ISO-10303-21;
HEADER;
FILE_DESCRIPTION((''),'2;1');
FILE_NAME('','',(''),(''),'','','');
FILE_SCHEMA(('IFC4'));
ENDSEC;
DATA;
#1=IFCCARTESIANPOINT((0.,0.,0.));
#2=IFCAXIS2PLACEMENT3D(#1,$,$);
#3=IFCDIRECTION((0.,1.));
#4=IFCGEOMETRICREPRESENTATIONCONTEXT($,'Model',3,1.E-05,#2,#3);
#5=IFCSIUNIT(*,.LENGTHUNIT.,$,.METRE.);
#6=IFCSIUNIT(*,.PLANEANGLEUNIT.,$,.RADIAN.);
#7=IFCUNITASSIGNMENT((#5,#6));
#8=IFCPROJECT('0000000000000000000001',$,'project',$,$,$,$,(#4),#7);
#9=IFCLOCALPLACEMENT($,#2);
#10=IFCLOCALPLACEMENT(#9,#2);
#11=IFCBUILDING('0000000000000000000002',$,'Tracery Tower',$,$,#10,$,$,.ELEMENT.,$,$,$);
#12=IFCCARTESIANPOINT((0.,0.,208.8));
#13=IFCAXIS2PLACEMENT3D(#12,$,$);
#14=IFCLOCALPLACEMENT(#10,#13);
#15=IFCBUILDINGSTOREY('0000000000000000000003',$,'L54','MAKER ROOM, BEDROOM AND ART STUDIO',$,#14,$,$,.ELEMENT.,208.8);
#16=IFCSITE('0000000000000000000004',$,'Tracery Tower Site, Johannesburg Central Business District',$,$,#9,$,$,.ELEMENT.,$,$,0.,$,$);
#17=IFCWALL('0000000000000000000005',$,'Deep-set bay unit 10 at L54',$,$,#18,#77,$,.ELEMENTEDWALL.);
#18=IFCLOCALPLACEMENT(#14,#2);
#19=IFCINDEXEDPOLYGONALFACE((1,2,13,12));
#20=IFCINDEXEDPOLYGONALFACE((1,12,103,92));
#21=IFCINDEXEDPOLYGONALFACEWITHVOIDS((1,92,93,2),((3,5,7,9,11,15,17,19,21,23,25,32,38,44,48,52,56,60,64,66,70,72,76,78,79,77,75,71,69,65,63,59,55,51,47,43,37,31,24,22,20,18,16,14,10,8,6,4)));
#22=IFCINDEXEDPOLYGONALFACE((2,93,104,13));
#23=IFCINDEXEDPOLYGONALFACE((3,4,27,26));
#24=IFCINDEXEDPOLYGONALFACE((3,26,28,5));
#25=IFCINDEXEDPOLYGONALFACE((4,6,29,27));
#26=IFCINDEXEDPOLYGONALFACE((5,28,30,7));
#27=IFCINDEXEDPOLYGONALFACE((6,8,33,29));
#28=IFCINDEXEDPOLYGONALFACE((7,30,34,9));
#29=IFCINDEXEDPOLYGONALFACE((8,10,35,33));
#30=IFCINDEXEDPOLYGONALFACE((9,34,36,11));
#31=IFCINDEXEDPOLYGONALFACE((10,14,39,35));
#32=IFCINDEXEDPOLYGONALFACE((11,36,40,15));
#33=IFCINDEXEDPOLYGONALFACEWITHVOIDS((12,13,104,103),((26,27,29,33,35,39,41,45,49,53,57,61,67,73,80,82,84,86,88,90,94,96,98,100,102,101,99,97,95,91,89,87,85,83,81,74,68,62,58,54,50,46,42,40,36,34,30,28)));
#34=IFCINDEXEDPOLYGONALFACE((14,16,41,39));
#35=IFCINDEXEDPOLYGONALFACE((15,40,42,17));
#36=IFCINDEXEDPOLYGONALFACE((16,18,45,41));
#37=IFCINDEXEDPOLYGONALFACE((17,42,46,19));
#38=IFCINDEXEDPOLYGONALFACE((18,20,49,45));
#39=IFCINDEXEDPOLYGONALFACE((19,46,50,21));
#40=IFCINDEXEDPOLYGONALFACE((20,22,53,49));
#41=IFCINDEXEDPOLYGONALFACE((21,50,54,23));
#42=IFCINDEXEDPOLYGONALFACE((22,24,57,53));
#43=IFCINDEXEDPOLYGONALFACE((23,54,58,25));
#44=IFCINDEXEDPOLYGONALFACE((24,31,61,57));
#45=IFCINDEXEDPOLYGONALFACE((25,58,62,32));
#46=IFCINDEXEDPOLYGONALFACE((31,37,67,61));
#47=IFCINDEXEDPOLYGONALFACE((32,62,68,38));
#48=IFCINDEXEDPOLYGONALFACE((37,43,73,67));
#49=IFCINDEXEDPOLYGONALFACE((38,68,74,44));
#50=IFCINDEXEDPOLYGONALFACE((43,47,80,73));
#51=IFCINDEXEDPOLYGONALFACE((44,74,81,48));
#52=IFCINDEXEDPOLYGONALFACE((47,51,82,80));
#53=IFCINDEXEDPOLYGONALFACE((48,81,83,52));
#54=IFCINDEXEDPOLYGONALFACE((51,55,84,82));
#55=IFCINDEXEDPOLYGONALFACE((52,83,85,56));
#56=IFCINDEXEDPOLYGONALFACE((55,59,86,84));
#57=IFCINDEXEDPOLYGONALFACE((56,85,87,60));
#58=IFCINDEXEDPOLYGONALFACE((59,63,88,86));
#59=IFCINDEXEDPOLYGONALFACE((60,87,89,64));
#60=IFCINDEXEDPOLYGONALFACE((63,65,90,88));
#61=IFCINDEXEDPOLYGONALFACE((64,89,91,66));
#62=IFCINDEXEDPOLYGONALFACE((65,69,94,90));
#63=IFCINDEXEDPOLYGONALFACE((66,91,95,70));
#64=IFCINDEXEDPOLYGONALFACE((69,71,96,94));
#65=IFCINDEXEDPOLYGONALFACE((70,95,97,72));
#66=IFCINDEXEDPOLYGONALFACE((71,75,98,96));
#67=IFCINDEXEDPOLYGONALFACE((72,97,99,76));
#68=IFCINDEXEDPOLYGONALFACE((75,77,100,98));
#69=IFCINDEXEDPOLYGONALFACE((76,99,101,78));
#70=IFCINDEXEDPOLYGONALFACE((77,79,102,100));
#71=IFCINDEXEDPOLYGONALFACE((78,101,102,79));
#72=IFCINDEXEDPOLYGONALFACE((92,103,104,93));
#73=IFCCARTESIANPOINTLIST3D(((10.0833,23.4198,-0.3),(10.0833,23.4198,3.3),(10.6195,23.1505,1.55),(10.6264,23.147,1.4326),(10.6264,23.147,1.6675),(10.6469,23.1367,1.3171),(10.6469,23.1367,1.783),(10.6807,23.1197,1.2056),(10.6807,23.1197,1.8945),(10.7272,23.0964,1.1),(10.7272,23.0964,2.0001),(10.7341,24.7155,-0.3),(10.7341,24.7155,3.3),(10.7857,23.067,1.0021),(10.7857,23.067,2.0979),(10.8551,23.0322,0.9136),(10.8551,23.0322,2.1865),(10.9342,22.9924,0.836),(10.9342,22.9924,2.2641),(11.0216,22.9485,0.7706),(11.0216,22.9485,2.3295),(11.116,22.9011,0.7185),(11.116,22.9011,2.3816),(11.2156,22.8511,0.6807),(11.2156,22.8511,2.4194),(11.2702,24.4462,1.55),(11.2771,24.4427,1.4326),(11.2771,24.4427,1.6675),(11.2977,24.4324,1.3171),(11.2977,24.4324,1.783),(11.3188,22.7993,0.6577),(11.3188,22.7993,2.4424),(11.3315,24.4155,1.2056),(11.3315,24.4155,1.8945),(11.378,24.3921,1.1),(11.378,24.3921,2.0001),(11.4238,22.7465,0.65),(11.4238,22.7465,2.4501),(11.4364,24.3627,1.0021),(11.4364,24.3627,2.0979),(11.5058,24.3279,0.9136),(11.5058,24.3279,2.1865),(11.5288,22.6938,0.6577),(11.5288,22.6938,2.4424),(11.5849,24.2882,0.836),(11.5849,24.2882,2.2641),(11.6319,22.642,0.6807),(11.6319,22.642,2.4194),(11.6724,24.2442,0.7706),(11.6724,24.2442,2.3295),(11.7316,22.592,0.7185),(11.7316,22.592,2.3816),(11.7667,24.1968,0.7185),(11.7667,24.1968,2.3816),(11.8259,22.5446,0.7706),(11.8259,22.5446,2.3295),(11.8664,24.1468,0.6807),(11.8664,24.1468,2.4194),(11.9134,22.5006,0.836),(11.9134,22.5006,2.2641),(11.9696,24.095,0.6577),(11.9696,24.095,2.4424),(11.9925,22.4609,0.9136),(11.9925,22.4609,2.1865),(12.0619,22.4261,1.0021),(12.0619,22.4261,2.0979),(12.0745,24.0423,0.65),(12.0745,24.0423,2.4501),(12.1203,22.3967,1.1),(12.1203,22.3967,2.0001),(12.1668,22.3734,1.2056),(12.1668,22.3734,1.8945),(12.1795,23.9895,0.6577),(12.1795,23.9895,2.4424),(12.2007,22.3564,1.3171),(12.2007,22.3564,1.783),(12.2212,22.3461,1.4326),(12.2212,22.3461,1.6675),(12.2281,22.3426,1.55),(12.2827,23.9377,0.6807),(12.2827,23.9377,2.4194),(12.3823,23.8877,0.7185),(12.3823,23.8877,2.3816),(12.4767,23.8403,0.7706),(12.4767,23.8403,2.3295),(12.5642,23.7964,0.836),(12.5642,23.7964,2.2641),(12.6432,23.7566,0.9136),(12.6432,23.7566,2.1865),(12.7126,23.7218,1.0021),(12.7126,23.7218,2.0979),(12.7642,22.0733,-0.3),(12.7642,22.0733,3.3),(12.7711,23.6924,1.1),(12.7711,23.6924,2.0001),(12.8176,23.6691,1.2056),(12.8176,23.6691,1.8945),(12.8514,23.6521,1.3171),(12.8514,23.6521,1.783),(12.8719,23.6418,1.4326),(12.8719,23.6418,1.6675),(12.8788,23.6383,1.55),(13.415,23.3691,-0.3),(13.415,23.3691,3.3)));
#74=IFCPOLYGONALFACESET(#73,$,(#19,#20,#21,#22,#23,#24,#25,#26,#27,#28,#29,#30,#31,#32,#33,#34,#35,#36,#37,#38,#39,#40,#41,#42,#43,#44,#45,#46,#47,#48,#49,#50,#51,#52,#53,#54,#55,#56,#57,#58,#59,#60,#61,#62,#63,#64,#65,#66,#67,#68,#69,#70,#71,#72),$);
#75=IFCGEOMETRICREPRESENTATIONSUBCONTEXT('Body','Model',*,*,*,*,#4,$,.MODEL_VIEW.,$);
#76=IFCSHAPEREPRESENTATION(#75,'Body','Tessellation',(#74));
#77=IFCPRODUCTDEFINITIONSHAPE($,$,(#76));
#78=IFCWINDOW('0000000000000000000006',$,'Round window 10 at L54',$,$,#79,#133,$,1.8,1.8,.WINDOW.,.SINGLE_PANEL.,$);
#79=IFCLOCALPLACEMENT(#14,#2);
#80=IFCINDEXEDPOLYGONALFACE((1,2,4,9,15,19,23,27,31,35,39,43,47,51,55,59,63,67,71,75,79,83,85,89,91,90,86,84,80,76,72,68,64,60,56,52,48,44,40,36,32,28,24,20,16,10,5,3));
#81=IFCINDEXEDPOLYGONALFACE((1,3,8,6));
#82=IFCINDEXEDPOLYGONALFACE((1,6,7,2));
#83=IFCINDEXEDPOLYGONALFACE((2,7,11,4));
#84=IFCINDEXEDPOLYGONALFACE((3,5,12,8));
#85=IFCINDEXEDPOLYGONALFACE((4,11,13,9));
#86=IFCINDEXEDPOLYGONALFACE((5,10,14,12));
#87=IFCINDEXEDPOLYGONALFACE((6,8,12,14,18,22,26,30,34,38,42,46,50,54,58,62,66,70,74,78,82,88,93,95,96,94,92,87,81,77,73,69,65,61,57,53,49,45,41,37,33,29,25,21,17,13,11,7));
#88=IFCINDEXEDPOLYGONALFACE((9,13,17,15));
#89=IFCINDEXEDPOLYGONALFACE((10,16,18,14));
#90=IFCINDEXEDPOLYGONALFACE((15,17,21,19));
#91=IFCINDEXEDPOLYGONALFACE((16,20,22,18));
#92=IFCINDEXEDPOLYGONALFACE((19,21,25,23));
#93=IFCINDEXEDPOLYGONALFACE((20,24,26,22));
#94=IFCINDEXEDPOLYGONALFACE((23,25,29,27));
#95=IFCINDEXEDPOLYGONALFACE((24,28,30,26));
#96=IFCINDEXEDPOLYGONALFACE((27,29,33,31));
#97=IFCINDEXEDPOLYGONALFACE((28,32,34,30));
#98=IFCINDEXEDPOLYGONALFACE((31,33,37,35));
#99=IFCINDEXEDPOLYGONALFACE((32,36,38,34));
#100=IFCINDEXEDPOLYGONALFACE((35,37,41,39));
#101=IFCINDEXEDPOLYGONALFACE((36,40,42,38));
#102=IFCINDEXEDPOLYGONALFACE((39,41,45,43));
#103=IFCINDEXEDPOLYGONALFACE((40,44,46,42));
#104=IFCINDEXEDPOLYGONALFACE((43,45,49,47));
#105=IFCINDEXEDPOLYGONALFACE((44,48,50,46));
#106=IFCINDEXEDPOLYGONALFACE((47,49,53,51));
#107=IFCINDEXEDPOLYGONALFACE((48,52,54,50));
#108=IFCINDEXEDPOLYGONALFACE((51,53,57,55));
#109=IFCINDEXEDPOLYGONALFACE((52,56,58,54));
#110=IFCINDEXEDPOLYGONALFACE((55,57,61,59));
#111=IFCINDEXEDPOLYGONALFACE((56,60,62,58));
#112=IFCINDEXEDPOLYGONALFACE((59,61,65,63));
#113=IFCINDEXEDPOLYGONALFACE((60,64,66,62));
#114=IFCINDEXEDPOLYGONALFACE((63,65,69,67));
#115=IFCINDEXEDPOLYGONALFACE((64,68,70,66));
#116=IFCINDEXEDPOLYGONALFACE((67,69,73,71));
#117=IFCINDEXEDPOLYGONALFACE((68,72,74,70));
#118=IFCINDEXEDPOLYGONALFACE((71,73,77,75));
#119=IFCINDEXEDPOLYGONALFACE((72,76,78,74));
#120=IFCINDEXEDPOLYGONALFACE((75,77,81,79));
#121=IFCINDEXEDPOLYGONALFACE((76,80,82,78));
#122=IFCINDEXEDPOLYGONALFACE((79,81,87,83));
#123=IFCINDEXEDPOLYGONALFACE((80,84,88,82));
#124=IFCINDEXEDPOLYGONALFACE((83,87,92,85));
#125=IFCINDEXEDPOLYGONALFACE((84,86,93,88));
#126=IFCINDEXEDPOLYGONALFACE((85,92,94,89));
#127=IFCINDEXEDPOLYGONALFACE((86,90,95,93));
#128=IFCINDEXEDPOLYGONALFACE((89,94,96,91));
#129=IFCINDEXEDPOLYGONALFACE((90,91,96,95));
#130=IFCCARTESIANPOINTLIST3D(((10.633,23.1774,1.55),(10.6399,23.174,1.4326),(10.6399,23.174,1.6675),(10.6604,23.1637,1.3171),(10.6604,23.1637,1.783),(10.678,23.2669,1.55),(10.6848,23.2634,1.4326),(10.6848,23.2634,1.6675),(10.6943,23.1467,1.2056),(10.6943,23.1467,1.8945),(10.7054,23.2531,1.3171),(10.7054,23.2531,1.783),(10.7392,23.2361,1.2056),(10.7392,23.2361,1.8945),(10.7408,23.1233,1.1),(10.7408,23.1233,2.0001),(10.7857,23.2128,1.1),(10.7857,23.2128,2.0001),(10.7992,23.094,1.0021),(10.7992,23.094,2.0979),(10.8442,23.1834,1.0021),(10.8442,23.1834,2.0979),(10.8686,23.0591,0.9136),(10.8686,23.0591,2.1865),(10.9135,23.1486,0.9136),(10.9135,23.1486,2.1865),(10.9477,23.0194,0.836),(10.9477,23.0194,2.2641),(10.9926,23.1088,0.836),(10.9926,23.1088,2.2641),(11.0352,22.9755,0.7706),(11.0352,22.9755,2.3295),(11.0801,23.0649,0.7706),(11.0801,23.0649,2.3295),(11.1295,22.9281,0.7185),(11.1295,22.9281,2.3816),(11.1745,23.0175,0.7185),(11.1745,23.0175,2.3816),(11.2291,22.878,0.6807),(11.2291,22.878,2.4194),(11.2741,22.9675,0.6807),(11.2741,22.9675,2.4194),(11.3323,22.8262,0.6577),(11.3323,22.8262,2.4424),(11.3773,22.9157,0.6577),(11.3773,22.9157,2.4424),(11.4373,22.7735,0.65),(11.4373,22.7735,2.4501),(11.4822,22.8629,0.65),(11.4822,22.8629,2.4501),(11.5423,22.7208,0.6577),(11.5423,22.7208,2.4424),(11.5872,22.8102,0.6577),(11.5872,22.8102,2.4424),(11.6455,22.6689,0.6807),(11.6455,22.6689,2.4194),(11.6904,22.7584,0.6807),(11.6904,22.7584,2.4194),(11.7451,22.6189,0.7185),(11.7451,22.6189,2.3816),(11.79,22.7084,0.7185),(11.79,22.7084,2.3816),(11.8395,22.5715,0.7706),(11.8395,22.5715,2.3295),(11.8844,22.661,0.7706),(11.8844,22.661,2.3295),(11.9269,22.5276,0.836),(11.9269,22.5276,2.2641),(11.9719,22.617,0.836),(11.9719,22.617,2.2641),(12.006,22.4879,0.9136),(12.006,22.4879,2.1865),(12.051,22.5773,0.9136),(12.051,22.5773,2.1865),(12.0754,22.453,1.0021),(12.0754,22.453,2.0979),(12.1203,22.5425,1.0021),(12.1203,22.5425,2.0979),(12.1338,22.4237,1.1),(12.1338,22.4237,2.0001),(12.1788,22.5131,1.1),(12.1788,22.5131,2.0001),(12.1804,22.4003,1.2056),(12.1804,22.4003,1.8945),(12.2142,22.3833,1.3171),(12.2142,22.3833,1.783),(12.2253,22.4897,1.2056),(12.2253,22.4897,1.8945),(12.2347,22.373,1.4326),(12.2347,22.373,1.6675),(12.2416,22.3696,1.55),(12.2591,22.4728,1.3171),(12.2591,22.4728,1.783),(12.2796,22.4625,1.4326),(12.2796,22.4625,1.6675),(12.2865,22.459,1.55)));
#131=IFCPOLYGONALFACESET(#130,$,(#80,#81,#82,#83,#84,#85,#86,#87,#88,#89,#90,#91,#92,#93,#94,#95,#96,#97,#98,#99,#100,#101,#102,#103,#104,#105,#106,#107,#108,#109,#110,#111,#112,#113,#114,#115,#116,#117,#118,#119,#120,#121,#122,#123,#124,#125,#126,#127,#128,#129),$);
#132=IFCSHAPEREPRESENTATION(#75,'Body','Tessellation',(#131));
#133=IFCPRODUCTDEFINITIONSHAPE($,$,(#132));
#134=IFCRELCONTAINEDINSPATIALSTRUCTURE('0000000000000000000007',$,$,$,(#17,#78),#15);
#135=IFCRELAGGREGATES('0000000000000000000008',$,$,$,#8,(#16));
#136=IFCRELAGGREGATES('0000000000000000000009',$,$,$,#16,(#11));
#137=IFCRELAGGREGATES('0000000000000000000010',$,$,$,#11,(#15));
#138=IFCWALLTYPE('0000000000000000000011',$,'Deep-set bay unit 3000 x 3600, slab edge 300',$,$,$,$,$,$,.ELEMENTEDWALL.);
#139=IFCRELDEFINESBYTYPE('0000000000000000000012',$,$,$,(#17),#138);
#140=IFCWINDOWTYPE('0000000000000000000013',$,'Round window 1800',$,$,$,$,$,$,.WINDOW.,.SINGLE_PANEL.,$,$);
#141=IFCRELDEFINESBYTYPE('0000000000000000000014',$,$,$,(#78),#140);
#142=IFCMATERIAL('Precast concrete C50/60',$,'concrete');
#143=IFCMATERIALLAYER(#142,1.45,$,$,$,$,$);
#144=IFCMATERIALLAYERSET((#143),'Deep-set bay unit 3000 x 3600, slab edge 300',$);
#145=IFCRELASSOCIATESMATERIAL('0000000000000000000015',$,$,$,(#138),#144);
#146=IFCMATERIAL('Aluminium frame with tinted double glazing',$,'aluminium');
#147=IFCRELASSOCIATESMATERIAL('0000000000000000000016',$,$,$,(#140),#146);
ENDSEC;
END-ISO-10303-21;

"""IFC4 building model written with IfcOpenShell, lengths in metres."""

from ifc_helpers import new_model, si_unit, direction, frame, frame_2d, origin, origin_2d, place, context, subcontext, project, spatial, rectangle, circle, extrude, material, layer, layer_set, type_object, element, fill, save


model = new_model("IFC4")

# Units and contexts
model_context = context("Model", 3, precision=1e-05, world=origin(), true_north=direction((0.0, 1.0)))
body_context = subcontext(model_context, "Body", "Model", "MODEL_VIEW")
ifc_project = project(units=[si_unit("LENGTHUNIT", "METRE"), si_unit("PLANEANGLEUNIT", "RADIAN")], contexts=[model_context])

# Site, building, storey
site_placement = place(None, origin())
site = spatial("IfcSite", under=ifc_project, at=site_placement, Name="Tracery Tower Site, Johannesburg Central Business District", CompositionType="ELEMENT", RefElevation=0.0)
building_placement = place(site_placement, origin())
building = spatial("IfcBuilding", under=site, at=building_placement, Name="Tracery Tower", CompositionType="ELEMENT")
storey_placement = place(building_placement, frame((0.0, 0.0, 208.8)))
storey = spatial("IfcBuildingStorey", under=building, at=storey_placement, Name="L54", Description="MAKER ROOM, BEDROOM AND ART STUDIO", CompositionType="ELEMENT", Elevation=208.8)

# Wall, opening, window
ifc_material_1 = material(Name="Precast concrete C50/60", Category="concrete")
ifc_layer_1 = layer(ifc_material_1, 1.45)
ifc_layer_set_1 = layer_set([ifc_layer_1], Name="Deep-set bay unit 3000 x 3600, slab edge 300")
wall_type_1 = type_object("IfcWallType", Name="Deep-set bay unit 3000 x 3600, slab edge 300", PredefinedType="ELEMENTEDWALL", material=ifc_layer_set_1)
ifc_material_2 = material(Name="Aluminium frame with tinted double glazing", Category="aluminium")
window_type = type_object("IfcWindowType", Name="Round window 1800", PartitioningType="SINGLE_PANEL", PredefinedType="WINDOW", material=ifc_material_2)
wall_1_placement = place(storey_placement, frame((13.0896, 22.7212, -0.3), z_axis=(0.0, 0.0, 1.0), x_axis=(-0.893628, 0.448808, 0.0)))
wall_1 = element("IfcWall", 1, at=wall_1_placement, inside=storey, type_object=wall_type_1, Name="Deep-set bay unit 10 at L54", PredefinedType="ELEMENTEDWALL", context=body_context, shape_type="SweptSolid", body=[
    extrude(rectangle(XDim=3.0, YDim=1.45, at=frame_2d((1.5, 0.0))), origin(), (0.0, 0.0, 1.0), 3.6001),
])
opening_1_placement = place(wall_1_placement, frame((1.5, 0.0, 1.8501)))
opening_1 = element("IfcOpeningElement", 2, at=opening_1_placement, cuts=wall_1, PredefinedType="OPENING", context=body_context, shape_type="SweptSolid", body=[
    extrude(circle(Radius=0.9, at=origin_2d()), frame((0.0, 0.7349, 0.0), z_axis=(0.0, -1.0, 0.0), x_axis=(1.0, 0.0, 0.0)), (0.0, 0.0, 1.0), 1.47),
])
window_1_placement = place(opening_1_placement, origin())
window_1 = element("IfcWindow", 3, at=window_1_placement, inside=storey, type_object=window_type, Name="Round window 10 at L54", OverallHeight=1.8, OverallWidth=1.8, PartitioningType="SINGLE_PANEL", PredefinedType="WINDOW", context=body_context, shape_type="SweptSolid", body=[
    extrude(circle(Radius=0.9, at=origin_2d()), frame((0.0, 0.6948, 0.0), z_axis=(0.0, -1.0, 0.0), x_axis=(1.0, 0.0, 0.0)), (0.0, 0.0, 1.0), 0.1001),
])
fill(opening_1, window_1)

save(model, "model.ifc")
